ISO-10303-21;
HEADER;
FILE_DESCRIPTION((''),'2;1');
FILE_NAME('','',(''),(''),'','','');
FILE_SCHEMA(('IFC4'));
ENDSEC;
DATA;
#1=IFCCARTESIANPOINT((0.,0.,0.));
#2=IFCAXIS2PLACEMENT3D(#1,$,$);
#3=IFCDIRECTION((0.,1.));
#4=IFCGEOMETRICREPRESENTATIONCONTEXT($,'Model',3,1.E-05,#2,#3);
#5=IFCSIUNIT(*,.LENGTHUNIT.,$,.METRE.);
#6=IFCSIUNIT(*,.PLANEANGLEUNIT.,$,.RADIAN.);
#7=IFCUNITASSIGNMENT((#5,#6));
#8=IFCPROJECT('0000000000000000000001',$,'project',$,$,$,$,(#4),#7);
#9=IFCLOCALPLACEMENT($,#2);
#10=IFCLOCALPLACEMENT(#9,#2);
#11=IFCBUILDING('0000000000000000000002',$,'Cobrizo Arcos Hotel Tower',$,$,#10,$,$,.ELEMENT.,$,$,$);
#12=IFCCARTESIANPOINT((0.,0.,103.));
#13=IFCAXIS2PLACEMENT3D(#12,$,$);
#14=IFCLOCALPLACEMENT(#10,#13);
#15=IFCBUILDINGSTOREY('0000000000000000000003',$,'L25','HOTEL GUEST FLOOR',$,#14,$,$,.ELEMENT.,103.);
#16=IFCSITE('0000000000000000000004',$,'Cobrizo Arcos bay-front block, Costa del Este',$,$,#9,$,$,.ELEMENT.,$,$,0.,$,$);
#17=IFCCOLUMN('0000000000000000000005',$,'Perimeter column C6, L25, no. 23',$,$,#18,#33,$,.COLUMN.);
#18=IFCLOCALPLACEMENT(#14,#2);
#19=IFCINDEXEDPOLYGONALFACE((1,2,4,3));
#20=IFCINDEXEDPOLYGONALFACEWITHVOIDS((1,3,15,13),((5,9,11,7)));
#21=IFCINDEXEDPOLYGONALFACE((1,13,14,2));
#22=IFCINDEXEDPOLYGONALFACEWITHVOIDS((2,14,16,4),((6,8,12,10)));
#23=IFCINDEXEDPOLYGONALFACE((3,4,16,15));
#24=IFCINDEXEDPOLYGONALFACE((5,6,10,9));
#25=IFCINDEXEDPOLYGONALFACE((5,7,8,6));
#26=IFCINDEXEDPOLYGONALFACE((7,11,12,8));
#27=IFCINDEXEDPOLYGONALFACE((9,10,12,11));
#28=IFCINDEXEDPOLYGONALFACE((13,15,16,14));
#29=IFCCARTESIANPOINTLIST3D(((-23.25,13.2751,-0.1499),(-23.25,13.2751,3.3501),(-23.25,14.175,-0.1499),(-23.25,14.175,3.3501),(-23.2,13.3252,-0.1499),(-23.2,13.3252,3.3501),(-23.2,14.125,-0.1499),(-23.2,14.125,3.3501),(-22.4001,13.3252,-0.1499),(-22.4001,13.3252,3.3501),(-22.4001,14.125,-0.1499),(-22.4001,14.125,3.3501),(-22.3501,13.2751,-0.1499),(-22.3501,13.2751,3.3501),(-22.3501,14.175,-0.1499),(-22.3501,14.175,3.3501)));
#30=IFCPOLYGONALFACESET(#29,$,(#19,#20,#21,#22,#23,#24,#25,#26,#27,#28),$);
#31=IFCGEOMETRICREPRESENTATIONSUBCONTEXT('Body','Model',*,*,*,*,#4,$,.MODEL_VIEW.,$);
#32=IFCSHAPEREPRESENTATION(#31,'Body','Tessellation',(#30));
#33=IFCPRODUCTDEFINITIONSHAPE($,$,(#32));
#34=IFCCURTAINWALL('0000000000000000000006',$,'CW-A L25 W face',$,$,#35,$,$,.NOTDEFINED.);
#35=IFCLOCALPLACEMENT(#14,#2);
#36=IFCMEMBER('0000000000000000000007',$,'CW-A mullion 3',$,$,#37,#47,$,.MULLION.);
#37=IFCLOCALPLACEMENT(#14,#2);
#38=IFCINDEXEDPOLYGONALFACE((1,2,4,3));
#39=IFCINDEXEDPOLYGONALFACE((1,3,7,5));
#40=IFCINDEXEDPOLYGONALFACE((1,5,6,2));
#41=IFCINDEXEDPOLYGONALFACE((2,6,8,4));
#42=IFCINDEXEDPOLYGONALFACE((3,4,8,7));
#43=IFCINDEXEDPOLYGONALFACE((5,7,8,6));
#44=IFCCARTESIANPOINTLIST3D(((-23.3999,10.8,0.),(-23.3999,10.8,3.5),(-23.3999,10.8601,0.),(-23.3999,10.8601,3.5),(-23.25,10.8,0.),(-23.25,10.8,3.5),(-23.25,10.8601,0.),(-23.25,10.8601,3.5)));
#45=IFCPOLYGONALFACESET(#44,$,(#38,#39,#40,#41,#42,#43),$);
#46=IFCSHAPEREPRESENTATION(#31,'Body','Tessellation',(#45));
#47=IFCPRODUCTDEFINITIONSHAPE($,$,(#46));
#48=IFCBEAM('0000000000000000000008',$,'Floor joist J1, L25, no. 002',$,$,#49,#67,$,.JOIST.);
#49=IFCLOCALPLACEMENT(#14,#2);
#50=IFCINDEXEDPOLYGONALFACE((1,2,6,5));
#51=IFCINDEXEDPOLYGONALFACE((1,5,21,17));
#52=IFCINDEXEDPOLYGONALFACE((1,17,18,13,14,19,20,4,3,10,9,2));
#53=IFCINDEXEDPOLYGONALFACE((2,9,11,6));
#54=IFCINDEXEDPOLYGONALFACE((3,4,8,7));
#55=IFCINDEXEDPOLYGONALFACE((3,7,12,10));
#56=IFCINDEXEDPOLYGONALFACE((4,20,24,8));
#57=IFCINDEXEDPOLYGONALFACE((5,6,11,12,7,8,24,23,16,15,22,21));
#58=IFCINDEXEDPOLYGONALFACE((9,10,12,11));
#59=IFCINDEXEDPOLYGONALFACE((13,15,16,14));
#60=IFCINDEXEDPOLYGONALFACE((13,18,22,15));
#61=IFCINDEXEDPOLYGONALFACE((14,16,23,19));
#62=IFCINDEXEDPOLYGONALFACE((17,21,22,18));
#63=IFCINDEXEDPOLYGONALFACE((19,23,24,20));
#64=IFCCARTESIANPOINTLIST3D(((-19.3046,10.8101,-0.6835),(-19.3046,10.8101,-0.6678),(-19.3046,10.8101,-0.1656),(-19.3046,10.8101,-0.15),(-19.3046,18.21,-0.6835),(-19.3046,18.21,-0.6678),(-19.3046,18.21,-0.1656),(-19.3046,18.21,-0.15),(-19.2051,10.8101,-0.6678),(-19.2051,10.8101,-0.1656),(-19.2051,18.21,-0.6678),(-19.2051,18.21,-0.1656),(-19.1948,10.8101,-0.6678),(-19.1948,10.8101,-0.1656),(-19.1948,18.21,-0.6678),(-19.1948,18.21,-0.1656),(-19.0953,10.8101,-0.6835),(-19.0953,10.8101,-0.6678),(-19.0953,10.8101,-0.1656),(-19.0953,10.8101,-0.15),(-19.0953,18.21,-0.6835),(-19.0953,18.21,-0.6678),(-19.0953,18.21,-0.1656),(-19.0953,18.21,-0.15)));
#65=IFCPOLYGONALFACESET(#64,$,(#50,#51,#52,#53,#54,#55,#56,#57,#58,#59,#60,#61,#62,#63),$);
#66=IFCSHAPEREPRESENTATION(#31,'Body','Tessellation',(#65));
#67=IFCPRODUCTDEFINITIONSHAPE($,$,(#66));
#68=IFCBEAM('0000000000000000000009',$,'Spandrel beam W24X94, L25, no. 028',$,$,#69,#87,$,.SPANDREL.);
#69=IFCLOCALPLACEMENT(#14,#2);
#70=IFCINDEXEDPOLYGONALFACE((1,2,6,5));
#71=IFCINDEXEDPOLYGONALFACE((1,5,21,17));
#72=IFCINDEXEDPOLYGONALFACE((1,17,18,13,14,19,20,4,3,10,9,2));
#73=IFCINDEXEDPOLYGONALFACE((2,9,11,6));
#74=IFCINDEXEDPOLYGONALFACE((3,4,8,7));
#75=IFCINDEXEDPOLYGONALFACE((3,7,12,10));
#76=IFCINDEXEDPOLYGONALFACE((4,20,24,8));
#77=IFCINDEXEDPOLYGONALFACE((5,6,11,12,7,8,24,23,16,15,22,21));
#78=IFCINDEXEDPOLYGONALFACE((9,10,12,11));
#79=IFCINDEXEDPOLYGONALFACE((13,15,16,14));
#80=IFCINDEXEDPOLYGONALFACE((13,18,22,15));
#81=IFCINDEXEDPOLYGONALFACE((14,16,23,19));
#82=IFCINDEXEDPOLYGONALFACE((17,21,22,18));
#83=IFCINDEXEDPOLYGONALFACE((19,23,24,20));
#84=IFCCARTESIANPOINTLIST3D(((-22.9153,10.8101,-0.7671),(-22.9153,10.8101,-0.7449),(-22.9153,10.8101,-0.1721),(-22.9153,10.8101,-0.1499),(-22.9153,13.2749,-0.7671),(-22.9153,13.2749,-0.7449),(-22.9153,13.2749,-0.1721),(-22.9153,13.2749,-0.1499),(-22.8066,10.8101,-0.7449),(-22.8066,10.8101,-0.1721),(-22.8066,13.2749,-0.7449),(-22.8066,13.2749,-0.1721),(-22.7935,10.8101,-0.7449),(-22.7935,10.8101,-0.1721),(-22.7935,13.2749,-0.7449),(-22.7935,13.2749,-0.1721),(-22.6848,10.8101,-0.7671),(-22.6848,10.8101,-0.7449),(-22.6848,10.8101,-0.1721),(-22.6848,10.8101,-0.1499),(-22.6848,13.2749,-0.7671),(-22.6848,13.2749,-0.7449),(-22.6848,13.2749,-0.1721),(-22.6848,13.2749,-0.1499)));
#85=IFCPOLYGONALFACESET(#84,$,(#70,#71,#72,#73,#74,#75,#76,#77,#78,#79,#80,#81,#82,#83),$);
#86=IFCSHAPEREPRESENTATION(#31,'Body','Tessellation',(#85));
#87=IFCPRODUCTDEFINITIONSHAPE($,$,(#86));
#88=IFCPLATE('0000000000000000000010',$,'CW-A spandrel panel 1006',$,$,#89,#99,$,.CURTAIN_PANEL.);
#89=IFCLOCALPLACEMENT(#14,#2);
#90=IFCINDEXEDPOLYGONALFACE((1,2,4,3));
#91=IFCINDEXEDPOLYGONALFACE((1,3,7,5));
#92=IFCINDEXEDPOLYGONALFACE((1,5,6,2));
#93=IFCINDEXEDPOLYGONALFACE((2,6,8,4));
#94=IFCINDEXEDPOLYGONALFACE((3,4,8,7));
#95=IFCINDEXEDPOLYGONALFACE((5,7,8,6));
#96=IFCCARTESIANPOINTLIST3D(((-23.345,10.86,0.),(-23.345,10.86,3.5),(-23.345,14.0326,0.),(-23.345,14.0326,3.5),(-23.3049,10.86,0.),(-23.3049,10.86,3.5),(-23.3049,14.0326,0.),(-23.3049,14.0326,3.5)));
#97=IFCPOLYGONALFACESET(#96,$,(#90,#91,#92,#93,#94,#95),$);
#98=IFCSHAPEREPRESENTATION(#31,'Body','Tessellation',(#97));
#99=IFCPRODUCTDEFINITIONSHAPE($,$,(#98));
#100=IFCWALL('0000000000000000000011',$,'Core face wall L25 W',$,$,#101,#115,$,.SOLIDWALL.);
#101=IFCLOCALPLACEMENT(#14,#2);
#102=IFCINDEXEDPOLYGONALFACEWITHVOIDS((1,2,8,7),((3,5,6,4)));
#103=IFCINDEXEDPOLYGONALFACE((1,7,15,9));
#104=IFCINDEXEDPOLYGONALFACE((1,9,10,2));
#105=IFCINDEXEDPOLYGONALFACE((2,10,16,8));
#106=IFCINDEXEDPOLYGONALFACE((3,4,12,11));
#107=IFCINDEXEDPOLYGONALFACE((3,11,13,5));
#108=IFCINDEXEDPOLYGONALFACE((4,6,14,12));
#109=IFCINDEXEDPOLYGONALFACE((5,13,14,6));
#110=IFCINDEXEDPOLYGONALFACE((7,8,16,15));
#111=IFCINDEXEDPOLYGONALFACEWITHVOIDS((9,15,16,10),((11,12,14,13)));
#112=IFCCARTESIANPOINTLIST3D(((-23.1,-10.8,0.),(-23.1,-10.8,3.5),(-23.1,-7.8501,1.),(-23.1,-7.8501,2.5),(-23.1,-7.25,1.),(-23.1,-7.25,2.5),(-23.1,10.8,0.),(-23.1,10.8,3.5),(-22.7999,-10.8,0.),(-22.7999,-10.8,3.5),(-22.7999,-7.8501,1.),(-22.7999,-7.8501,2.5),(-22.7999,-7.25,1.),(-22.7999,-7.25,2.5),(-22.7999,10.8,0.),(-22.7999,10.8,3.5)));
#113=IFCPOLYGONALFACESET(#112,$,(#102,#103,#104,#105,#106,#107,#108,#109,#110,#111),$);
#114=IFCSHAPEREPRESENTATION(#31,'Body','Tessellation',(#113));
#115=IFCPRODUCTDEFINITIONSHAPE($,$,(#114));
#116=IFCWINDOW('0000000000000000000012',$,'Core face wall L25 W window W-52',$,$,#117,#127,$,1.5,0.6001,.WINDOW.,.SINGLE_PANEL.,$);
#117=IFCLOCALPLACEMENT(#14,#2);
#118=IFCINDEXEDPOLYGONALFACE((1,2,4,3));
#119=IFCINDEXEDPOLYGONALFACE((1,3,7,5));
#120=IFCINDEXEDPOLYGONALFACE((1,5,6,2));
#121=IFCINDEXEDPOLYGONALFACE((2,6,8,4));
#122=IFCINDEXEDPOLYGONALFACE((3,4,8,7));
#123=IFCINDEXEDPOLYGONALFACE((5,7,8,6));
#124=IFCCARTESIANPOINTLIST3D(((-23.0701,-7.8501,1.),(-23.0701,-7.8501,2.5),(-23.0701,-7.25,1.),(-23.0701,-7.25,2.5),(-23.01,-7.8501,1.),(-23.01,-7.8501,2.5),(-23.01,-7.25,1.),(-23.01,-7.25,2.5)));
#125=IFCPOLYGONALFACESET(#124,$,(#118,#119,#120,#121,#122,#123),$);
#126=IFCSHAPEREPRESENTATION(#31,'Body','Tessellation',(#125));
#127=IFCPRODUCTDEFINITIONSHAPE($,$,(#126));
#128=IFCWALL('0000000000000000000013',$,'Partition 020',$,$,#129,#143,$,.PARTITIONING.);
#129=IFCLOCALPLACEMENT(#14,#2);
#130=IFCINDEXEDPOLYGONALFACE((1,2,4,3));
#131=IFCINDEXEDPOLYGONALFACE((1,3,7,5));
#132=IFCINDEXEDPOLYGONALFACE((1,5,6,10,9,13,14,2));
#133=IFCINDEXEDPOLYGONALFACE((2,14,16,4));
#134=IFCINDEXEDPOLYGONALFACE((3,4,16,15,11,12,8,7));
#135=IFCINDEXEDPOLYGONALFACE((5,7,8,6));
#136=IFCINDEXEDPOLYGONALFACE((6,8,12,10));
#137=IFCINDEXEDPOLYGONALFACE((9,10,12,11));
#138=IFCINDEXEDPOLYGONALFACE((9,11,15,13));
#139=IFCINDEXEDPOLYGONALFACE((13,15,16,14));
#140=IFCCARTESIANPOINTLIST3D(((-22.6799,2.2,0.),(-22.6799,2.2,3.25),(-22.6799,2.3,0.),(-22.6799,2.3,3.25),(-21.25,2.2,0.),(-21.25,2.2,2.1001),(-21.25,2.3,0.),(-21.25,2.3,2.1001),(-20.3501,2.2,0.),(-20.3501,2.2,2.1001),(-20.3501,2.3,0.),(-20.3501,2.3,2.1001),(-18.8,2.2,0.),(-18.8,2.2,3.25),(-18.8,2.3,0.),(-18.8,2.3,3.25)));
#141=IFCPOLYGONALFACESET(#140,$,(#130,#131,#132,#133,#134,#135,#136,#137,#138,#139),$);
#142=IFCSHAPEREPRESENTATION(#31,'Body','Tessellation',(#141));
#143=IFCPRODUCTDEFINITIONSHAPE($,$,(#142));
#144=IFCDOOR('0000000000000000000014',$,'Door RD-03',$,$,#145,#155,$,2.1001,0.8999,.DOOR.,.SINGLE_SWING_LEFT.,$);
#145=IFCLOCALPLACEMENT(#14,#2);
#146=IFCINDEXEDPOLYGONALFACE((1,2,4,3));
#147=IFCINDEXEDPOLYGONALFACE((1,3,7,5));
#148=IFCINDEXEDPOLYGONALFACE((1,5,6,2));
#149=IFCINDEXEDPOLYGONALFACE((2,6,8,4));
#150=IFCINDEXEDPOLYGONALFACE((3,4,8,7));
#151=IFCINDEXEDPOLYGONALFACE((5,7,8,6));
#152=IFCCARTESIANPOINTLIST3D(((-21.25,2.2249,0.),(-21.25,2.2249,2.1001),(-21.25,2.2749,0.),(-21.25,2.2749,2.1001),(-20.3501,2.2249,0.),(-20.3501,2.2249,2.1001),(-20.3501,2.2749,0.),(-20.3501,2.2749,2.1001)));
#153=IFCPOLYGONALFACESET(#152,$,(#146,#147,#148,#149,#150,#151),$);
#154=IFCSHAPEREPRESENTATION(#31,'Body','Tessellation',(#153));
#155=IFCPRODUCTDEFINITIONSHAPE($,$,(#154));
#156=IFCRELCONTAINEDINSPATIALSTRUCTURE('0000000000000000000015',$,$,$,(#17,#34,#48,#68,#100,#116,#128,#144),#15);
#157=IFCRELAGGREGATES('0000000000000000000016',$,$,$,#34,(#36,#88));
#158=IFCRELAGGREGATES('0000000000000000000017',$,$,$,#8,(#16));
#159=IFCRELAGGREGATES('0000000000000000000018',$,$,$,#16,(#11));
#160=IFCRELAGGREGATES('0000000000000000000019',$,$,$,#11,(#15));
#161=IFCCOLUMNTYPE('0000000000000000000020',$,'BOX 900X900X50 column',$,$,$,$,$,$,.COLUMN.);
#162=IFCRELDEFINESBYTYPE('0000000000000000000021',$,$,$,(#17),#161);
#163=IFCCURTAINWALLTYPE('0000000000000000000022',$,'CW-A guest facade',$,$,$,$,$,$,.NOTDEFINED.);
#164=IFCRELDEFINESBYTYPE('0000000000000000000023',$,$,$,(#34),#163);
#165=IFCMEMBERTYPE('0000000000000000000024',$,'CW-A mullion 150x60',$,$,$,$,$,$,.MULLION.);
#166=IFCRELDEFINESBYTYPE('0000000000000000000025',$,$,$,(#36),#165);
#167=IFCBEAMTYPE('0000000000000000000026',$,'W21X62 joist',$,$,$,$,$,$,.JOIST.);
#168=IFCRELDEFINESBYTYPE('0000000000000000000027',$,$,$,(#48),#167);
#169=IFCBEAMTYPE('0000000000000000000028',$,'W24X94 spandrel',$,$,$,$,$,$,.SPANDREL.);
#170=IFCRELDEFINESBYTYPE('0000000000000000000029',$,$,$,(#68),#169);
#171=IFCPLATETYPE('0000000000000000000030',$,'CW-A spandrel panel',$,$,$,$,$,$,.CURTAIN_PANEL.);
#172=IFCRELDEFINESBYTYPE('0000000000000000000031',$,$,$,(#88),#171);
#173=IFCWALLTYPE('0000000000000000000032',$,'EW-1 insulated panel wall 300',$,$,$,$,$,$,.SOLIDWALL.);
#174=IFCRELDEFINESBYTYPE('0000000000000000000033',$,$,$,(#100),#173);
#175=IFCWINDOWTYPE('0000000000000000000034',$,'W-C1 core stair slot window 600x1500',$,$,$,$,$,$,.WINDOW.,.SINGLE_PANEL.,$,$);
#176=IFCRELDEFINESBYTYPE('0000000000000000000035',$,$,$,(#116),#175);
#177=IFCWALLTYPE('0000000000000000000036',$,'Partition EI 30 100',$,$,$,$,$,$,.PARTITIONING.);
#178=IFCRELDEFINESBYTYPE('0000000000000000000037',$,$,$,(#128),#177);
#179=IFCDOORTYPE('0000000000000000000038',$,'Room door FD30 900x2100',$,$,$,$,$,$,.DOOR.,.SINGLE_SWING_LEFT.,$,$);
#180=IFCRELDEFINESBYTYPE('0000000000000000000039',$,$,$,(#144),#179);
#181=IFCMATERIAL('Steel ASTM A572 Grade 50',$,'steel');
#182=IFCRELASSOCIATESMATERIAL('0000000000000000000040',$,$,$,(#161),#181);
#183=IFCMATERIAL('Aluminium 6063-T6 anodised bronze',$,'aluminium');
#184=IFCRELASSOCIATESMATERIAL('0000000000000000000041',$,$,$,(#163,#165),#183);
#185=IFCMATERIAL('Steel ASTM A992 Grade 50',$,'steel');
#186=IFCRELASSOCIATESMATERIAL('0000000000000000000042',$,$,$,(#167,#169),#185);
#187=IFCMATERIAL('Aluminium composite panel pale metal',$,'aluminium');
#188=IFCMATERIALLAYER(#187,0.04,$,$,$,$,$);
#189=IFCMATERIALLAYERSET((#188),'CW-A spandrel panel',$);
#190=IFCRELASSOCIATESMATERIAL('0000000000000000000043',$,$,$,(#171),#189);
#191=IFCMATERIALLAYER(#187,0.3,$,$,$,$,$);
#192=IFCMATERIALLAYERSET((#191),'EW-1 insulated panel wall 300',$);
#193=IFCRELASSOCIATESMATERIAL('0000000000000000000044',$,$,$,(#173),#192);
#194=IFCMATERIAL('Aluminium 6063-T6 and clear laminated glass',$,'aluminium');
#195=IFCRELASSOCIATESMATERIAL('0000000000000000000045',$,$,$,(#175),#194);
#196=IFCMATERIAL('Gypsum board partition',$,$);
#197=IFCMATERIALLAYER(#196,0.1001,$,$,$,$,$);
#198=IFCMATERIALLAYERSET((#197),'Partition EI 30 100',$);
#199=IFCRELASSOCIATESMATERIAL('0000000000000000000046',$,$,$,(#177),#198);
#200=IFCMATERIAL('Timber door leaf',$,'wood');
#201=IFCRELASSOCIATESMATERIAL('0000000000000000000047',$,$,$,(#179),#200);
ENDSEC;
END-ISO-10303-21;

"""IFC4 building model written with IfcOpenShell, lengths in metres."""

from ifc_helpers import new_model, si_unit, direction, frame, frame_2d, origin, origin_2d, place, context, subcontext, project, spatial, rectangle, hollow_rectangle, i_section, extrude, material, layer, layer_set, material_profile, profile_set, type_object, element, fill, aggregate, save


model = new_model("IFC4")

# Units and contexts
model_context = context("Model", 3, precision=1e-05, world=origin(), true_north=direction((0.0, 1.0)))
body_context = subcontext(model_context, "Body", "Model", "MODEL_VIEW")
ifc_project = project(units=[si_unit("LENGTHUNIT", "METRE"), si_unit("PLANEANGLEUNIT", "RADIAN")], contexts=[model_context])

# Site, building, storey
site_placement = place(None, origin())
site = spatial("IfcSite", under=ifc_project, at=site_placement, Name="Cobrizo Arcos bay-front block, Costa del Este", CompositionType="ELEMENT", RefElevation=0.0)
building_placement = place(site_placement, origin())
building = spatial("IfcBuilding", under=site, at=building_placement, Name="Cobrizo Arcos Hotel Tower", CompositionType="ELEMENT")
storey_placement = place(building_placement, frame((0.0, 0.0, 103.0)))
storey = spatial("IfcBuildingStorey", under=building, at=storey_placement, Name="L25", Description="HOTEL GUEST FLOOR", CompositionType="ELEMENT", Elevation=103.0)

# Column
ifc_material_1 = material(Name="Steel ASTM A572 Grade 50", Category="steel")
ifc_material_profile_1 = material_profile(ifc_material_1, hollow_rectangle(XDim=0.8999, YDim=0.8999, WallThickness=0.05, at=origin_2d()), Name="BOX 900X900X50")
ifc_profile_set_1 = profile_set([ifc_material_profile_1], Name="Steel ASTM A572 Grade 50")
column_type = type_object("IfcColumnType", Name="BOX 900X900X50 column", PredefinedType="COLUMN", material=ifc_profile_set_1)
column_placement = place(storey_placement, frame((-22.8, 13.7251, -0.1499), z_axis=(0.0, 0.0, 1.0), x_axis=(1.0, 0.0, 0.0)))
element("IfcColumn", 1, at=column_placement, inside=storey, type_object=column_type, Name="Perimeter column C6, L25, no. 23", PredefinedType="COLUMN", context=body_context, shape_type="SweptSolid", body=[
    extrude(hollow_rectangle(XDim=0.8999, YDim=0.8999, WallThickness=0.05, at=origin_2d()), origin(), (0.0, 0.0, 1.0), 3.5),
])

# Curtain wall, member
ifc_material_2 = material(Name="Aluminium 6063-T6 anodised bronze", Category="aluminium")
curtain_wall_type = type_object("IfcCurtainWallType", Name="CW-A guest facade", PredefinedType="NOTDEFINED", material=ifc_material_2)
curtain_wall_placement = place(storey_placement, origin())
curtain_wall = element("IfcCurtainWall", 2, at=curtain_wall_placement, inside=storey, type_object=curtain_wall_type, Name="CW-A L25 W face", PredefinedType="NOTDEFINED")
ifc_material_profile_2 = material_profile(ifc_material_2, rectangle(XDim=0.1499, YDim=0.0601, at=origin_2d()), Name="CW-A mullion 150x60")
ifc_profile_set_2 = profile_set([ifc_material_profile_2], Name="Aluminium 6063-T6 anodised bronze")
member_type = type_object("IfcMemberType", Name="CW-A mullion 150x60", PredefinedType="MULLION", material=ifc_profile_set_2)
member_placement = place(storey_placement, frame((-23.325, 10.8301, 0.0), z_axis=(0.0, 0.0, 1.0), x_axis=(-1.0, 0.0, 0.0)))
member = element("IfcMember", 3, at=member_placement, type_object=member_type, Name="CW-A mullion 3", PredefinedType="MULLION", context=body_context, shape_type="SweptSolid", body=[
    extrude(rectangle(XDim=0.1499, YDim=0.0601, at=origin_2d()), origin(), (0.0, 0.0, 1.0), 3.5),
])

# Beams
ifc_material_3 = material(Name="Steel ASTM A992 Grade 50", Category="steel")
ifc_material_profile_3 = material_profile(ifc_material_3, i_section(OverallWidth=0.2092, OverallDepth=0.5334, WebThickness=0.0103, FlangeThickness=0.0156, at=origin_2d()), Name="W21X62")
ifc_profile_set_3 = profile_set([ifc_material_profile_3], Name="Steel ASTM A992 Grade 50")
beam_type_1 = type_object("IfcBeamType", Name="W21X62 joist", PredefinedType="JOIST", material=ifc_profile_set_3)
beam_1_placement = place(storey_placement, frame((-19.2, 10.8101, -0.4167), z_axis=(0.0, 1.0, 0.0), x_axis=(-1.0, 0.0, 0.0)))
element("IfcBeam", 4, at=beam_1_placement, inside=storey, type_object=beam_type_1, Name="Floor joist J1, L25, no. 002", PredefinedType="JOIST", context=body_context, shape_type="SweptSolid", body=[
    extrude(i_section(OverallWidth=0.2092, OverallDepth=0.5334, WebThickness=0.0103, FlangeThickness=0.0156, at=origin_2d()), origin(), (0.0, 0.0, 1.0), 7.3999),
])
ifc_material_profile_4 = material_profile(ifc_material_3, i_section(OverallWidth=0.2305, OverallDepth=0.6172, WebThickness=0.0132, FlangeThickness=0.0222, at=origin_2d()), Name="W24X94")
ifc_profile_set_4 = profile_set([ifc_material_profile_4], Name="Steel ASTM A992 Grade 50")
beam_type_2 = type_object("IfcBeamType", Name="W24X94 spandrel", PredefinedType="SPANDREL", material=ifc_profile_set_4)
beam_2_placement = place(storey_placement, frame((-22.8, 13.2749, -0.4585), z_axis=(0.0, -1.0, 0.0), x_axis=(1.0, 0.0, 0.0)))
element("IfcBeam", 5, at=beam_2_placement, inside=storey, type_object=beam_type_2, Name="Spandrel beam W24X94, L25, no. 028", PredefinedType="SPANDREL", context=body_context, shape_type="SweptSolid", body=[
    extrude(i_section(OverallWidth=0.2305, OverallDepth=0.6172, WebThickness=0.0132, FlangeThickness=0.0222, at=origin_2d()), origin(), (0.0, 0.0, 1.0), 2.4648),
])

# Plate
ifc_material_4 = material(Name="Aluminium composite panel pale metal", Category="aluminium")
ifc_layer_1 = layer(ifc_material_4, 0.04)
ifc_layer_set_1 = layer_set([ifc_layer_1], Name="CW-A spandrel panel")
plate_type = type_object("IfcPlateType", Name="CW-A spandrel panel", PredefinedType="CURTAIN_PANEL", material=ifc_layer_set_1)
plate_placement = place(storey_placement, frame((-23.325, 12.4463, 0.0), z_axis=(0.0, 0.0, 1.0), x_axis=(0.0, -1.0, 0.0)))
plate = element("IfcPlate", 6, at=plate_placement, type_object=plate_type, Name="CW-A spandrel panel 1006", PredefinedType="CURTAIN_PANEL", context=body_context, shape_type="SweptSolid", body=[
    extrude(rectangle(XDim=3.1726, YDim=0.04, at=origin_2d()), origin(), (0.0, 0.0, 1.0), 3.5),
])
aggregate(curtain_wall, [member, plate])

# Wall, opening, window
ifc_layer_2 = layer(ifc_material_4, 0.3)
ifc_layer_set_2 = layer_set([ifc_layer_2], Name="EW-1 insulated panel wall 300")
wall_type_1 = type_object("IfcWallType", Name="EW-1 insulated panel wall 300", PredefinedType="SOLIDWALL", material=ifc_layer_set_2)
wall_1_placement = place(storey_placement, frame((-22.95, 10.8, 0.0), z_axis=(0.0, 0.0, 1.0), x_axis=(0.0, -1.0, 0.0)))
wall_1 = element("IfcWall", 7, at=wall_1_placement, inside=storey, type_object=wall_type_1, Name="Core face wall L25 W", PredefinedType="SOLIDWALL", context=body_context, shape_type="SweptSolid", body=[
    extrude(rectangle(XDim=21.6001, YDim=0.3, at=frame_2d((10.8, 0.0))), origin(), (0.0, 0.0, 1.0), 3.5),
])
opening_1_placement = place(wall_1_placement, frame((18.05, 0.0, 1.0)))
opening_1 = element("IfcOpeningElement", 8, at=opening_1_placement, cuts=wall_1, PredefinedType="OPENING", context=body_context, shape_type="SweptSolid", body=[
    extrude(rectangle(XDim=0.6001, YDim=1.5, at=frame_2d((0.3, 0.75))), frame((0.0, 0.1621, 0.0), z_axis=(0.0, -1.0, 0.0), x_axis=(1.0, 0.0, 0.0)), (0.0, 0.0, 1.0), 0.324),
])
ifc_material_5 = material(Name="Aluminium 6063-T6 and clear laminated glass", Category="aluminium")
window_type = type_object("IfcWindowType", Name="W-C1 core stair slot window 600x1500", PartitioningType="SINGLE_PANEL", PredefinedType="WINDOW", material=ifc_material_5)
window_placement = place(opening_1_placement, origin())
window = element("IfcWindow", 9, at=window_placement, inside=storey, type_object=window_type, Name="Core face wall L25 W window W-52", OverallHeight=1.5, OverallWidth=0.6001, PartitioningType="SINGLE_PANEL", PredefinedType="WINDOW", context=body_context, shape_type="SweptSolid", body=[
    extrude(rectangle(XDim=0.6001, YDim=1.5, at=frame_2d((0.3, 0.75))), frame((0.0, -0.0601, 0.0), z_axis=(0.0, -1.0, 0.0), x_axis=(1.0, 0.0, 0.0)), (0.0, 0.0, 1.0), 0.0601),
])
fill(opening_1, window)

# Wall, opening, door
ifc_material_6 = material(Name="Gypsum board partition")
ifc_layer_3 = layer(ifc_material_6, 0.1001)
ifc_layer_set_3 = layer_set([ifc_layer_3], Name="Partition EI 30 100")
wall_type_2 = type_object("IfcWallType", Name="Partition EI 30 100", PredefinedType="PARTITIONING", material=ifc_layer_set_3)
wall_2_placement = place(storey_placement, frame((-22.6799, 2.25, 0.0), z_axis=(0.0, 0.0, 1.0), x_axis=(1.0, 0.0, 0.0)))
wall_2 = element("IfcWall", 10, at=wall_2_placement, inside=storey, type_object=wall_type_2, Name="Partition 020", PredefinedType="PARTITIONING", context=body_context, shape_type="SweptSolid", body=[
    extrude(rectangle(XDim=3.8799, YDim=0.1001, at=frame_2d((1.9399, 0.0))), origin(), (0.0, 0.0, 1.0), 3.25),
])
opening_2_placement = place(wall_2_placement, frame((1.4299, 0.0, 0.0)))
opening_2 = element("IfcOpeningElement", 11, at=opening_2_placement, cuts=wall_2, PredefinedType="OPENING", context=body_context, shape_type="SweptSolid", body=[
    extrude(rectangle(XDim=0.8999, YDim=2.1001, at=frame_2d((0.45, 1.05))), frame((0.0, 0.062, 0.0), z_axis=(0.0, -1.0, 0.0), x_axis=(1.0, 0.0, 0.0)), (0.0, 0.0, 1.0), 0.124),
])
ifc_material_7 = material(Name="Timber door leaf", Category="wood")
door_type_1 = type_object("IfcDoorType", Name="Room door FD30 900x2100", OperationType="SINGLE_SWING_LEFT", PredefinedType="DOOR", material=ifc_material_7)
door_1_placement = place(opening_2_placement, origin())
door_1 = element("IfcDoor", 12, at=door_1_placement, inside=storey, type_object=door_type_1, Name="Door RD-03", OperationType="SINGLE_SWING_LEFT", OverallHeight=2.1001, OverallWidth=0.8999, PredefinedType="DOOR", context=body_context, shape_type="SweptSolid", body=[
    extrude(rectangle(XDim=0.8999, YDim=2.1001, at=frame_2d((0.45, 1.05))), frame((0.0, 0.0249, 0.0), z_axis=(0.0, -1.0, 0.0), x_axis=(1.0, 0.0, 0.0)), (0.0, 0.0, 1.0), 0.05),
])
fill(opening_2, door_1)

save(model, "model.ifc")
